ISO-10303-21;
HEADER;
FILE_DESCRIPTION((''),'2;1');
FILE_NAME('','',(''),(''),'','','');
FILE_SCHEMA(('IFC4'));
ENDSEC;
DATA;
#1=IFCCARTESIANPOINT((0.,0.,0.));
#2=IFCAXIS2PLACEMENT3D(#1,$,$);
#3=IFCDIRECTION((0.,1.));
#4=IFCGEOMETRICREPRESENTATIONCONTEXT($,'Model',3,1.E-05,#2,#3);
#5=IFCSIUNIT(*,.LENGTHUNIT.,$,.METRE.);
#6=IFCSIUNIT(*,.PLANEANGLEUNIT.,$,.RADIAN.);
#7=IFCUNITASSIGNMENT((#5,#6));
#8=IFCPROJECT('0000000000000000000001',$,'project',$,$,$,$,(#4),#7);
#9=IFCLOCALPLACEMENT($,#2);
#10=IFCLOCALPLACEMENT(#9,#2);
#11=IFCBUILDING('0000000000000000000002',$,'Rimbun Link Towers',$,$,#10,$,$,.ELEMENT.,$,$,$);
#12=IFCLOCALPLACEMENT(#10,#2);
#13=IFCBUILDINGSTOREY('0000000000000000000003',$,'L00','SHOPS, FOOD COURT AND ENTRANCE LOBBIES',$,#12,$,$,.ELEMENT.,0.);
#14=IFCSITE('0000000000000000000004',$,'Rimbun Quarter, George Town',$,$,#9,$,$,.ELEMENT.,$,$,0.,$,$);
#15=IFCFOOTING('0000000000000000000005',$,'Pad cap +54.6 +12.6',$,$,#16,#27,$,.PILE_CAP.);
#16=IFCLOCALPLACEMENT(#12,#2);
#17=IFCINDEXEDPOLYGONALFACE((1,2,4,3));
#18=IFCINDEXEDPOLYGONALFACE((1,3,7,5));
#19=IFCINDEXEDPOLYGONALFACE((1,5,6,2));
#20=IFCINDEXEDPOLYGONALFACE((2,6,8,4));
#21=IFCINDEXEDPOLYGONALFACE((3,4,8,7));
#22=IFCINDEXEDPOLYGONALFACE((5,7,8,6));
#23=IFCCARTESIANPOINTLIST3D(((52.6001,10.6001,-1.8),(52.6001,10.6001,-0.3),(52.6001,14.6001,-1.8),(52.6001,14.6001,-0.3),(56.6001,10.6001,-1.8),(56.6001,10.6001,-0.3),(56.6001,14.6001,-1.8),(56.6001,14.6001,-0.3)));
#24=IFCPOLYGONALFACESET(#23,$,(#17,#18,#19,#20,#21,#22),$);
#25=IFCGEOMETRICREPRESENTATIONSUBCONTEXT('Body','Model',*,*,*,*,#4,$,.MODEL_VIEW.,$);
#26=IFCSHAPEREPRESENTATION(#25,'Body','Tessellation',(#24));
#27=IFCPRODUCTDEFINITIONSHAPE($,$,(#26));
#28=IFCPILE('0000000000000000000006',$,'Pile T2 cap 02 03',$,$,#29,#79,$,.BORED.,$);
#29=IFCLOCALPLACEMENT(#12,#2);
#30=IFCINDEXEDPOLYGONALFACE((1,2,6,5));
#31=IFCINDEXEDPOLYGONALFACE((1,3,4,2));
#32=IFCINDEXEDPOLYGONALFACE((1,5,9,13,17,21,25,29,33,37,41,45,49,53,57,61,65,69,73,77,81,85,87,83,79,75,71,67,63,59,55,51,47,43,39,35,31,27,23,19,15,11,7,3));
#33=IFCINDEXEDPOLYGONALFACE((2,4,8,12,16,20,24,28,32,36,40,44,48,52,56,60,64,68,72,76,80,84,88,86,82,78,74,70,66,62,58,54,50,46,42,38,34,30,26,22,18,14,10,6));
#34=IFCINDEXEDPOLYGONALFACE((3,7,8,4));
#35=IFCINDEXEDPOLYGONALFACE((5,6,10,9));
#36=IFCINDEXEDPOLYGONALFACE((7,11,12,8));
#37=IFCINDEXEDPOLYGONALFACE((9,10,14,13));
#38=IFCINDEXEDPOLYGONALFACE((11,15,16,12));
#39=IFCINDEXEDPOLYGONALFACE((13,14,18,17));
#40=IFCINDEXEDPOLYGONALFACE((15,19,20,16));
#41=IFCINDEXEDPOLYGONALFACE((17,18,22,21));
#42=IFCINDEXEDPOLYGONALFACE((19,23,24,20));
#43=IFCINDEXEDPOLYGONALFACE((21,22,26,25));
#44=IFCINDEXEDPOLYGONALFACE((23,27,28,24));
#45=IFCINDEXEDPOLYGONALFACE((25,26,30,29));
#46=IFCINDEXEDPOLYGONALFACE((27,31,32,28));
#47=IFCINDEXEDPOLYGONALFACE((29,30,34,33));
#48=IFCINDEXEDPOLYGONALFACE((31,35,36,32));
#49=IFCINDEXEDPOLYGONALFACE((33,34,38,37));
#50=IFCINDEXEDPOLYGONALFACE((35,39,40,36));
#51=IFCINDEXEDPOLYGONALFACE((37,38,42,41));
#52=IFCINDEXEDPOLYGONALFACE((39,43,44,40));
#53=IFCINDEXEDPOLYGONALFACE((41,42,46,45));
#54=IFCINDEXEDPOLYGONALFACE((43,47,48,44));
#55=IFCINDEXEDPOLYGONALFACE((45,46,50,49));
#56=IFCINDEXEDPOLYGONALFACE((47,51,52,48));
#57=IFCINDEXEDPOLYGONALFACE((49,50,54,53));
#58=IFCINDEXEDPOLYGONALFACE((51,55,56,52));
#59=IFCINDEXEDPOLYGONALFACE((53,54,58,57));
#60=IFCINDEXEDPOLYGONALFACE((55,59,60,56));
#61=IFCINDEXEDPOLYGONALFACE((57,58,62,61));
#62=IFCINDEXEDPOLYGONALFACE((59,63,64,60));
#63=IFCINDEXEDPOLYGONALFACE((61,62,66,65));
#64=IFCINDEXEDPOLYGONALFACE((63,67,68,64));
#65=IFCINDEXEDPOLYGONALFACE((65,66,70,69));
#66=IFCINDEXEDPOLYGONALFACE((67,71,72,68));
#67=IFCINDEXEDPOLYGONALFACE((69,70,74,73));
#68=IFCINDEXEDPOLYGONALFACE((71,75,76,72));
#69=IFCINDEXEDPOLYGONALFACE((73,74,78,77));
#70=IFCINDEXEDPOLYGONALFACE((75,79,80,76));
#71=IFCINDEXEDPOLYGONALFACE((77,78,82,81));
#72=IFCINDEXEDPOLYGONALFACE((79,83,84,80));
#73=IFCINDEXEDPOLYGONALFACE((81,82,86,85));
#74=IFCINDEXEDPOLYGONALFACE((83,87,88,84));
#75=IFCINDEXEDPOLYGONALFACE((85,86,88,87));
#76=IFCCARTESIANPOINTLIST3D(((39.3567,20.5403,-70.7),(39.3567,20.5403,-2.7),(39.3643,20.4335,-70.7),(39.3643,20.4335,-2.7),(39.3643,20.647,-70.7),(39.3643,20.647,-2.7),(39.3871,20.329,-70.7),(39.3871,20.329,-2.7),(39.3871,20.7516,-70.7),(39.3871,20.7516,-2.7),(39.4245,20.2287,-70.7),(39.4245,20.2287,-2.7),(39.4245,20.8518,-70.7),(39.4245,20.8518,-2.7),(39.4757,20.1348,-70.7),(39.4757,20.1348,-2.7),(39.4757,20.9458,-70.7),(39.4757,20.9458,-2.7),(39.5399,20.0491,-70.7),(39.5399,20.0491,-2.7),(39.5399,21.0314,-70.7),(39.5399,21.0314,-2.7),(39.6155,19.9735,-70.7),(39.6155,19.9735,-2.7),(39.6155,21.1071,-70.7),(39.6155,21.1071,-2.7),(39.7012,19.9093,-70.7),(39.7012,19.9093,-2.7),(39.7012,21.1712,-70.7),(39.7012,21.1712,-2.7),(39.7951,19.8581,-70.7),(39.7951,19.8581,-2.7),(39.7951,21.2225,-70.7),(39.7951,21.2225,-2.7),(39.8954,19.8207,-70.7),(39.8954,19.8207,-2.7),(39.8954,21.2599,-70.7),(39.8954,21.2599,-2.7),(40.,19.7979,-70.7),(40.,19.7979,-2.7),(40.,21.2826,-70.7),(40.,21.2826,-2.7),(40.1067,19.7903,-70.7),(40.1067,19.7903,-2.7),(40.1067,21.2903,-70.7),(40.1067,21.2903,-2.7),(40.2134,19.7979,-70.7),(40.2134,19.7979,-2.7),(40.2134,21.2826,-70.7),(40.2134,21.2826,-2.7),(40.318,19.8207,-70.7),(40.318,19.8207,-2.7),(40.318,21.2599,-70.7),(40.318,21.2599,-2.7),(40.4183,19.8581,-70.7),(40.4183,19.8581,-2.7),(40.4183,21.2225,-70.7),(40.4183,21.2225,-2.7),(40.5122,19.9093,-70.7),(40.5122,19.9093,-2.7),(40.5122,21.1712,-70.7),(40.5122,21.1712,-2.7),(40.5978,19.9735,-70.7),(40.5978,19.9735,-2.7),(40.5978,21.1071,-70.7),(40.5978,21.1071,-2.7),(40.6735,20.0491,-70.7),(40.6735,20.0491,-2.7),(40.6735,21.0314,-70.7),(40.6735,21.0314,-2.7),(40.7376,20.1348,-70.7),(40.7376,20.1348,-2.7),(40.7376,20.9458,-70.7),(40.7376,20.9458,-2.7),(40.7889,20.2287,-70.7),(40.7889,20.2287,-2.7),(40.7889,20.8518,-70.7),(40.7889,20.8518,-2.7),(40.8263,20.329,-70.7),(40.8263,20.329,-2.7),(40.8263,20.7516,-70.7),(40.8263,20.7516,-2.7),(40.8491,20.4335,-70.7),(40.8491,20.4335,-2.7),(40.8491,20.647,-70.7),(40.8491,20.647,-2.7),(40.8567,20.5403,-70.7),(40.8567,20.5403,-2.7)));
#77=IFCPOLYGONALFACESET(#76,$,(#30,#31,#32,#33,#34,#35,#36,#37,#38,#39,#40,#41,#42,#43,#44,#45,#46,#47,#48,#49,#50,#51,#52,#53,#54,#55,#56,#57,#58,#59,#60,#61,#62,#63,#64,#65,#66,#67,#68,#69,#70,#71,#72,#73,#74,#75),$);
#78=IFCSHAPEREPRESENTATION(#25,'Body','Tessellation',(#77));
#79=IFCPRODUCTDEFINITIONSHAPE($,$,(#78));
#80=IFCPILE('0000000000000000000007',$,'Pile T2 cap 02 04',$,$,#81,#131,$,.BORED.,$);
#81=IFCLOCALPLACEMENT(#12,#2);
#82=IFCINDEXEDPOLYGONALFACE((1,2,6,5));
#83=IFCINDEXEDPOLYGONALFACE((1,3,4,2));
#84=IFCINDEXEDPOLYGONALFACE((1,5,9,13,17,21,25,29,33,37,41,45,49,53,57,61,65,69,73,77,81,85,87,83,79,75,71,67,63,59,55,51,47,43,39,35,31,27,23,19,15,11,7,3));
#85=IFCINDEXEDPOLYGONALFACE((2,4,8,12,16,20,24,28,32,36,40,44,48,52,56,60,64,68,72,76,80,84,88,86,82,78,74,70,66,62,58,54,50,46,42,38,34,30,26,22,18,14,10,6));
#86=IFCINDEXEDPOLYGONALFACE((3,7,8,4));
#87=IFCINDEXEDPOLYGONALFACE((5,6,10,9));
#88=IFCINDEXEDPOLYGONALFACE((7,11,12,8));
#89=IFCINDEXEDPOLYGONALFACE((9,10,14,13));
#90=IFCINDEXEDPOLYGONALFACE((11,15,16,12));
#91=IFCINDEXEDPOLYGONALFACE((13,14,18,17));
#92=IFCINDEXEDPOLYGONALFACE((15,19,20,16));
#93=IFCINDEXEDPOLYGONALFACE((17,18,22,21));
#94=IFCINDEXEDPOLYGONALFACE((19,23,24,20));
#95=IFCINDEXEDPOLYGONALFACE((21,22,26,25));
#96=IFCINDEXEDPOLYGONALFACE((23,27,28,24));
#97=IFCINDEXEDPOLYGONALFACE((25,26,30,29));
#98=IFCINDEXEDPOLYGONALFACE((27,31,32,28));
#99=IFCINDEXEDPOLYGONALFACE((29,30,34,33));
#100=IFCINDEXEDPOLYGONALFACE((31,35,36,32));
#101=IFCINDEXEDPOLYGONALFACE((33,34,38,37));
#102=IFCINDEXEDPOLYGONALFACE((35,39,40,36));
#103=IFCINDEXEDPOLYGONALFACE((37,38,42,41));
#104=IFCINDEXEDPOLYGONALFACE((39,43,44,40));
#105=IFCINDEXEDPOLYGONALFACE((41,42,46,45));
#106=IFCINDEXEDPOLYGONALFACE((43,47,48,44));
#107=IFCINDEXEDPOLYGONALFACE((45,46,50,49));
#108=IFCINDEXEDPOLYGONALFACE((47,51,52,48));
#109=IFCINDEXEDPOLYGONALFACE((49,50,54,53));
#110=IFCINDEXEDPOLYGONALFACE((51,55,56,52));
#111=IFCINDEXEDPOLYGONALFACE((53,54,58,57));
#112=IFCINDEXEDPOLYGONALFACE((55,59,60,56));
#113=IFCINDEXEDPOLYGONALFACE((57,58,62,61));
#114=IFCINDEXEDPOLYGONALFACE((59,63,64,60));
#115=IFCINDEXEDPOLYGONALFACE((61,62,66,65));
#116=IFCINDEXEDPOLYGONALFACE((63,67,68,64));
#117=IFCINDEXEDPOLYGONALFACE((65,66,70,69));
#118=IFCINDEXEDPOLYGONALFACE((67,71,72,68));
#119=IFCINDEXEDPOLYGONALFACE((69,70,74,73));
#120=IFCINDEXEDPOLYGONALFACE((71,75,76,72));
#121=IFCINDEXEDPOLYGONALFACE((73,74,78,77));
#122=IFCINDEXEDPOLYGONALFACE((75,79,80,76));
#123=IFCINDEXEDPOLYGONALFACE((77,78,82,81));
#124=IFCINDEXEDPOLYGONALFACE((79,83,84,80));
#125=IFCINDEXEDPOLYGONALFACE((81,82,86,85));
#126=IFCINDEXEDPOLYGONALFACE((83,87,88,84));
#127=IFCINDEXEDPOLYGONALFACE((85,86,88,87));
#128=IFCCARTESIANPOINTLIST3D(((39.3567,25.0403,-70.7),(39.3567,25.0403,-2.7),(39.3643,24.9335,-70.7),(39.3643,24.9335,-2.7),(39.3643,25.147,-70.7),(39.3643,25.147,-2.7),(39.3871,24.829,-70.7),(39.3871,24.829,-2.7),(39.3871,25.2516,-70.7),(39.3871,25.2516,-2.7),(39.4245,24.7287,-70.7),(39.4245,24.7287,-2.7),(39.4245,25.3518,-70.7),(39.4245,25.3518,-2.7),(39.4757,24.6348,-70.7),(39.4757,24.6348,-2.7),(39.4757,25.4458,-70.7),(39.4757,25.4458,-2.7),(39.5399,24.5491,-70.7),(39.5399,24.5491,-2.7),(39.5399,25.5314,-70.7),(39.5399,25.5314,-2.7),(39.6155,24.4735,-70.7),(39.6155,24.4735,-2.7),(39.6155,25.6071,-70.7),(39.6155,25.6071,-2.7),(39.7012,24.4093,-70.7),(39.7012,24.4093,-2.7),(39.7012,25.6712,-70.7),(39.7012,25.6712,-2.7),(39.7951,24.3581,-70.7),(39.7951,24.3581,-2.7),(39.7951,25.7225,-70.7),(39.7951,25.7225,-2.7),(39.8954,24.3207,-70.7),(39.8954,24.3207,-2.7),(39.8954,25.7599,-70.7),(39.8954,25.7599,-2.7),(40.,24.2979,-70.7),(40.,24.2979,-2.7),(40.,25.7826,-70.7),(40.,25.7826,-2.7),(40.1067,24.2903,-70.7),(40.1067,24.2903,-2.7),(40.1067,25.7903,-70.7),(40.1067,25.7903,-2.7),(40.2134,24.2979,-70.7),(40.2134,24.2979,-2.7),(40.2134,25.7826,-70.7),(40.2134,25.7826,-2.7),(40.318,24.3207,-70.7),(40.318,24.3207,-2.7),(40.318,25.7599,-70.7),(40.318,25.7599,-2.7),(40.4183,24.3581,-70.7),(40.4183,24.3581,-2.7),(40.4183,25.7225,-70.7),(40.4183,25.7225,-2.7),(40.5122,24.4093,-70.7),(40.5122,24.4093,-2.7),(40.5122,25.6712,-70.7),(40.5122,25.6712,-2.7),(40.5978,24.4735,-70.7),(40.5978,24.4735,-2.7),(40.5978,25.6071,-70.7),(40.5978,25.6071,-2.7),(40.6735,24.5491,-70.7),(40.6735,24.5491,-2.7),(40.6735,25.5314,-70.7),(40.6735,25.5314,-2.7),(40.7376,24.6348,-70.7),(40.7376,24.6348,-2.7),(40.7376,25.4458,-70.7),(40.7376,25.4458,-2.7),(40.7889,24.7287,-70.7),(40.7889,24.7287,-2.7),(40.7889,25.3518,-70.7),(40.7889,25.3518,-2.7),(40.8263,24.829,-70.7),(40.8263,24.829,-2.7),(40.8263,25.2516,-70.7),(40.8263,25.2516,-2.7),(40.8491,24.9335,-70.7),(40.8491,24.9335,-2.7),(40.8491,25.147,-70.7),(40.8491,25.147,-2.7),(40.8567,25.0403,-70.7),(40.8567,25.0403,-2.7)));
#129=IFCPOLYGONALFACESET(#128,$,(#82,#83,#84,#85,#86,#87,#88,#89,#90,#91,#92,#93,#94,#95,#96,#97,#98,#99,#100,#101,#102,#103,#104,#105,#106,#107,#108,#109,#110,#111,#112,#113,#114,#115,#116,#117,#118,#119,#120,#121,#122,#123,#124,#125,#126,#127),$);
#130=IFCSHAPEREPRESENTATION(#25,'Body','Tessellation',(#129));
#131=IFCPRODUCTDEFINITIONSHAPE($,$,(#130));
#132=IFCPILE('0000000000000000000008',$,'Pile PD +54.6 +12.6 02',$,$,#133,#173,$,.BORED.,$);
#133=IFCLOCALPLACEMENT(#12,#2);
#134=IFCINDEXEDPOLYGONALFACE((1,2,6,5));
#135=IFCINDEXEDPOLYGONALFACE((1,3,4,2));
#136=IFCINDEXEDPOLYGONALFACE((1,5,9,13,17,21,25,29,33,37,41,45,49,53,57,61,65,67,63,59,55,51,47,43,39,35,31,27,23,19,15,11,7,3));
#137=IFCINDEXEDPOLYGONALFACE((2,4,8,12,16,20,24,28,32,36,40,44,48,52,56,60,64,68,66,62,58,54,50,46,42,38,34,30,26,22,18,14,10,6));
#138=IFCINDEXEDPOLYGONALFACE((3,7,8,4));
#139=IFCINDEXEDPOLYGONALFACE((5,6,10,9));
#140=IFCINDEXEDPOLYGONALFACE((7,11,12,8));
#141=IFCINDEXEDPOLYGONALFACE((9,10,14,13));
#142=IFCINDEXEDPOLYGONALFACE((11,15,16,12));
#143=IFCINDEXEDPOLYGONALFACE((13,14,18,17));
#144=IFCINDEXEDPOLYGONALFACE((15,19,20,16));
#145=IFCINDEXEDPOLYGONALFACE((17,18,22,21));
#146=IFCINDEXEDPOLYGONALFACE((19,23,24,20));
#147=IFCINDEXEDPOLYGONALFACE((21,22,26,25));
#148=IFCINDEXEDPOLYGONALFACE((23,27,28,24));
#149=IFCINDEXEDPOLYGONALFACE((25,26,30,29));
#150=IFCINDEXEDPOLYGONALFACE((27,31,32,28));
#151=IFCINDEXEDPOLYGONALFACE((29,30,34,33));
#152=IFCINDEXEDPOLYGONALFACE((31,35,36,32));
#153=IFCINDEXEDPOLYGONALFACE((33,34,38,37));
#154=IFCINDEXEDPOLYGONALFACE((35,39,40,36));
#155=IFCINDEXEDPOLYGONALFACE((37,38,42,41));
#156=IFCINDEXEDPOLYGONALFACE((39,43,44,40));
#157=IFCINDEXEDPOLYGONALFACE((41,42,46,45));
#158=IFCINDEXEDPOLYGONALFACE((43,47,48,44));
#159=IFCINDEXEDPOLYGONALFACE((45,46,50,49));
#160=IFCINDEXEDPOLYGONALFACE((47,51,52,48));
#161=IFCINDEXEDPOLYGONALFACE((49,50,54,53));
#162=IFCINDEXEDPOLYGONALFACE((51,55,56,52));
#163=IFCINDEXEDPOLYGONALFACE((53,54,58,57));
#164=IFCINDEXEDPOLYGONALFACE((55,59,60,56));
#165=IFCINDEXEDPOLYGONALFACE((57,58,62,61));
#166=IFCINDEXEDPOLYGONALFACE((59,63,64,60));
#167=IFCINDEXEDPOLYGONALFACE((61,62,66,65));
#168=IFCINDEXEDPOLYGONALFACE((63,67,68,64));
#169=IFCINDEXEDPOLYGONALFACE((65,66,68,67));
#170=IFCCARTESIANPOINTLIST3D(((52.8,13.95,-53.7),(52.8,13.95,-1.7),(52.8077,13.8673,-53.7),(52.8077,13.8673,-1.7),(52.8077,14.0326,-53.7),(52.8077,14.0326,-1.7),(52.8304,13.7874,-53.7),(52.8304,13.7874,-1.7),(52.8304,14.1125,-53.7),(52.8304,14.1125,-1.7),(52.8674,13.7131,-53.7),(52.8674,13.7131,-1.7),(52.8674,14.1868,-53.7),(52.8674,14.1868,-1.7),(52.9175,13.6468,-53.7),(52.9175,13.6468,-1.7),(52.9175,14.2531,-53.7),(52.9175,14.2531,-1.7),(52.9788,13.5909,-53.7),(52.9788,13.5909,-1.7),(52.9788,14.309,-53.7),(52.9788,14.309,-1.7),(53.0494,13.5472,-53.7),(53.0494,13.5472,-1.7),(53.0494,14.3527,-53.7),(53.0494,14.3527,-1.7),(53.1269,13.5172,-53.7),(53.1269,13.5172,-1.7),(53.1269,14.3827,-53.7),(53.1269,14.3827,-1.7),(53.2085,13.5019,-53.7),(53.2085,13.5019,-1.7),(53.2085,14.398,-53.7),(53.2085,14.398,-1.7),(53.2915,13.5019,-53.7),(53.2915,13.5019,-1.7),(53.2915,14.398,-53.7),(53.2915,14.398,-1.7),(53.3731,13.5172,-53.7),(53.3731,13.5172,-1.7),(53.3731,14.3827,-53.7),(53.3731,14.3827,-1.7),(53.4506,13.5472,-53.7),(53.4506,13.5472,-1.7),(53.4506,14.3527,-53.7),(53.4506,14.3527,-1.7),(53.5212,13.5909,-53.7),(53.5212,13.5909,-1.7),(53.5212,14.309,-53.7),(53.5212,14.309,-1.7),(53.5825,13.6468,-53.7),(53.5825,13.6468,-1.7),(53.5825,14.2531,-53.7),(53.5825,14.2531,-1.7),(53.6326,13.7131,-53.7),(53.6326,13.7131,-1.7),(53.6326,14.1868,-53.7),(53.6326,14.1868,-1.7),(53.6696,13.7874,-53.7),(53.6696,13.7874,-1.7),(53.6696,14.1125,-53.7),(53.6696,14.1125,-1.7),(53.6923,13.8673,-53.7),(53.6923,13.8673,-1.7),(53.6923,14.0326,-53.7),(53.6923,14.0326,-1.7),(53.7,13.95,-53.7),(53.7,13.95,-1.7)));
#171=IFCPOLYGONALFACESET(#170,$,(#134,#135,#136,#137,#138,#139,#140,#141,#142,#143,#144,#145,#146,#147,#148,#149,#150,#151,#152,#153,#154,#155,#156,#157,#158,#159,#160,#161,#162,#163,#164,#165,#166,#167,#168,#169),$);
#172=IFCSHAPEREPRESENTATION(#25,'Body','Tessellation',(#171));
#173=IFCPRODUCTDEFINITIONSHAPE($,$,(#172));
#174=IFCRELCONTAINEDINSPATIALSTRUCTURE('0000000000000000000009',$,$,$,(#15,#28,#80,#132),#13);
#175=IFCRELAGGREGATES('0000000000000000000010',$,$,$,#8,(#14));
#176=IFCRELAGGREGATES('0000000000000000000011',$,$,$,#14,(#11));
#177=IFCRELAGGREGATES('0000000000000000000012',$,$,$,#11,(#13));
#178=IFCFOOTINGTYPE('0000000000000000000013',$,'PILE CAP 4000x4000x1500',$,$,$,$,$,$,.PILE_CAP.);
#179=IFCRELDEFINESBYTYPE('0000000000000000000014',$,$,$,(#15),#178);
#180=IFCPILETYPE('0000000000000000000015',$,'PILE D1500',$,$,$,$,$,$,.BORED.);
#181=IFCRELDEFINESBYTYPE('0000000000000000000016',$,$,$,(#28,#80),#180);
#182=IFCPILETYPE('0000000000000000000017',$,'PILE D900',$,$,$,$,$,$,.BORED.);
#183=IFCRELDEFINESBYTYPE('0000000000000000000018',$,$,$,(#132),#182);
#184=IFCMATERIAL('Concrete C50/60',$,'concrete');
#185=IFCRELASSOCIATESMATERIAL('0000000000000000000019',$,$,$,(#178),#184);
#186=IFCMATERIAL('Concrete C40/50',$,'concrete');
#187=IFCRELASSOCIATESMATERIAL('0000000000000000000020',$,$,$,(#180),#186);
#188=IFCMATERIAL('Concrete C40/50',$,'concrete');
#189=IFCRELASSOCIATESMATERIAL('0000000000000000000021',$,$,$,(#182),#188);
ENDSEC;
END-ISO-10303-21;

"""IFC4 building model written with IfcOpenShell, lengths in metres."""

from ifc_helpers import new_model, si_unit, direction, frame, origin, origin_2d, place, context, subcontext, project, spatial, rectangle, circle, extrude, material, material_profile, profile_set, type_object, element, save


model = new_model("IFC4")

# Units and contexts
model_context = context("Model", 3, precision=1e-05, world=origin(), true_north=direction((0.0, 1.0)))
body_context = subcontext(model_context, "Body", "Model", "MODEL_VIEW")
ifc_project = project(units=[si_unit("LENGTHUNIT", "METRE"), si_unit("PLANEANGLEUNIT", "RADIAN")], contexts=[model_context])

# Site, building, storey
site_placement = place(None, origin())
site = spatial("IfcSite", under=ifc_project, at=site_placement, Name="Rimbun Quarter, George Town", CompositionType="ELEMENT", RefElevation=0.0)
building_placement = place(site_placement, origin())
building = spatial("IfcBuilding", under=site, at=building_placement, Name="Rimbun Link Towers", CompositionType="ELEMENT")
storey_placement = place(building_placement, origin())
storey = spatial("IfcBuildingStorey", under=building, at=storey_placement, Name="L00", Description="SHOPS, FOOD COURT AND ENTRANCE LOBBIES", CompositionType="ELEMENT", Elevation=0.0)

# Footing
ifc_material_1 = material(Name="Concrete C50/60", Category="concrete")
footing_type = type_object("IfcFootingType", Name="PILE CAP 4000x4000x1500", PredefinedType="PILE_CAP", material=ifc_material_1)
footing_placement = place(storey_placement, frame((54.6001, 12.6001, -1.8), z_axis=(0.0, 0.0, 1.0), x_axis=(1.0, 0.0, 0.0)))
element("IfcFooting", 1, at=footing_placement, inside=storey, type_object=footing_type, Name="Pad cap +54.6 +12.6", PredefinedType="PILE_CAP", context=body_context, shape_type="SweptSolid", body=[
    extrude(rectangle(XDim=4.0, YDim=4.0, at=origin_2d()), origin(), (0.0, 0.0, 1.0), 1.5),
])

# Piles
ifc_material_2 = material(Name="Concrete C40/50", Category="concrete")
ifc_material_profile_1 = material_profile(ifc_material_2, circle(Radius=0.75, at=origin_2d()), Name="PILE D1500")
ifc_profile_set_1 = profile_set([ifc_material_profile_1], Name="Concrete C40/50")
pile_type_1 = type_object("IfcPileType", Name="PILE D1500", PredefinedType="BORED", material=ifc_profile_set_1)
for number, where, z_axis, x_axis, name in (
    (2, (40.1067, 20.5403, -2.7), (0.0, 0.0, -1.0), (1.0, 0.0, 0.0), "Pile T2 cap 02 03"),
    (3, (40.1067, 25.0403, -2.7), (0.0, 0.0, -1.0), (1.0, 0.0, 0.0), "Pile T2 cap 02 04"),
):
    element("IfcPile", number, at=place(storey_placement, frame(where, z_axis=z_axis, x_axis=x_axis)), inside=storey, type_object=pile_type_1, Name=name, PredefinedType="BORED", context=body_context, shape_type="SweptSolid", body=[
        extrude(circle(Radius=0.75, at=origin_2d()), origin(), (0.0, 0.0, 1.0), 68.0),
    ])
ifc_material_3 = material(Name="Concrete C40/50", Category="concrete")
ifc_material_profile_2 = material_profile(ifc_material_3, circle(Radius=0.45, at=origin_2d()), Name="PILE D900")
ifc_profile_set_2 = profile_set([ifc_material_profile_2], Name="Concrete C40/50")
pile_type_2 = type_object("IfcPileType", Name="PILE D900", PredefinedType="BORED", material=ifc_profile_set_2)
for number, where, z_axis, x_axis, name in (
    (4, (53.25, 13.95, -1.7), (0.0, 0.0, -1.0), (1.0, 0.0, 0.0), "Pile PD +54.6 +12.6 02"),
):
    element("IfcPile", number, at=place(storey_placement, frame(where, z_axis=z_axis, x_axis=x_axis)), inside=storey, type_object=pile_type_2, Name=name, PredefinedType="BORED", context=body_context, shape_type="SweptSolid", body=[
        extrude(circle(Radius=0.45, at=origin_2d()), origin(), (0.0, 0.0, 1.0), 52.0),
    ])

save(model, "model.ifc")
